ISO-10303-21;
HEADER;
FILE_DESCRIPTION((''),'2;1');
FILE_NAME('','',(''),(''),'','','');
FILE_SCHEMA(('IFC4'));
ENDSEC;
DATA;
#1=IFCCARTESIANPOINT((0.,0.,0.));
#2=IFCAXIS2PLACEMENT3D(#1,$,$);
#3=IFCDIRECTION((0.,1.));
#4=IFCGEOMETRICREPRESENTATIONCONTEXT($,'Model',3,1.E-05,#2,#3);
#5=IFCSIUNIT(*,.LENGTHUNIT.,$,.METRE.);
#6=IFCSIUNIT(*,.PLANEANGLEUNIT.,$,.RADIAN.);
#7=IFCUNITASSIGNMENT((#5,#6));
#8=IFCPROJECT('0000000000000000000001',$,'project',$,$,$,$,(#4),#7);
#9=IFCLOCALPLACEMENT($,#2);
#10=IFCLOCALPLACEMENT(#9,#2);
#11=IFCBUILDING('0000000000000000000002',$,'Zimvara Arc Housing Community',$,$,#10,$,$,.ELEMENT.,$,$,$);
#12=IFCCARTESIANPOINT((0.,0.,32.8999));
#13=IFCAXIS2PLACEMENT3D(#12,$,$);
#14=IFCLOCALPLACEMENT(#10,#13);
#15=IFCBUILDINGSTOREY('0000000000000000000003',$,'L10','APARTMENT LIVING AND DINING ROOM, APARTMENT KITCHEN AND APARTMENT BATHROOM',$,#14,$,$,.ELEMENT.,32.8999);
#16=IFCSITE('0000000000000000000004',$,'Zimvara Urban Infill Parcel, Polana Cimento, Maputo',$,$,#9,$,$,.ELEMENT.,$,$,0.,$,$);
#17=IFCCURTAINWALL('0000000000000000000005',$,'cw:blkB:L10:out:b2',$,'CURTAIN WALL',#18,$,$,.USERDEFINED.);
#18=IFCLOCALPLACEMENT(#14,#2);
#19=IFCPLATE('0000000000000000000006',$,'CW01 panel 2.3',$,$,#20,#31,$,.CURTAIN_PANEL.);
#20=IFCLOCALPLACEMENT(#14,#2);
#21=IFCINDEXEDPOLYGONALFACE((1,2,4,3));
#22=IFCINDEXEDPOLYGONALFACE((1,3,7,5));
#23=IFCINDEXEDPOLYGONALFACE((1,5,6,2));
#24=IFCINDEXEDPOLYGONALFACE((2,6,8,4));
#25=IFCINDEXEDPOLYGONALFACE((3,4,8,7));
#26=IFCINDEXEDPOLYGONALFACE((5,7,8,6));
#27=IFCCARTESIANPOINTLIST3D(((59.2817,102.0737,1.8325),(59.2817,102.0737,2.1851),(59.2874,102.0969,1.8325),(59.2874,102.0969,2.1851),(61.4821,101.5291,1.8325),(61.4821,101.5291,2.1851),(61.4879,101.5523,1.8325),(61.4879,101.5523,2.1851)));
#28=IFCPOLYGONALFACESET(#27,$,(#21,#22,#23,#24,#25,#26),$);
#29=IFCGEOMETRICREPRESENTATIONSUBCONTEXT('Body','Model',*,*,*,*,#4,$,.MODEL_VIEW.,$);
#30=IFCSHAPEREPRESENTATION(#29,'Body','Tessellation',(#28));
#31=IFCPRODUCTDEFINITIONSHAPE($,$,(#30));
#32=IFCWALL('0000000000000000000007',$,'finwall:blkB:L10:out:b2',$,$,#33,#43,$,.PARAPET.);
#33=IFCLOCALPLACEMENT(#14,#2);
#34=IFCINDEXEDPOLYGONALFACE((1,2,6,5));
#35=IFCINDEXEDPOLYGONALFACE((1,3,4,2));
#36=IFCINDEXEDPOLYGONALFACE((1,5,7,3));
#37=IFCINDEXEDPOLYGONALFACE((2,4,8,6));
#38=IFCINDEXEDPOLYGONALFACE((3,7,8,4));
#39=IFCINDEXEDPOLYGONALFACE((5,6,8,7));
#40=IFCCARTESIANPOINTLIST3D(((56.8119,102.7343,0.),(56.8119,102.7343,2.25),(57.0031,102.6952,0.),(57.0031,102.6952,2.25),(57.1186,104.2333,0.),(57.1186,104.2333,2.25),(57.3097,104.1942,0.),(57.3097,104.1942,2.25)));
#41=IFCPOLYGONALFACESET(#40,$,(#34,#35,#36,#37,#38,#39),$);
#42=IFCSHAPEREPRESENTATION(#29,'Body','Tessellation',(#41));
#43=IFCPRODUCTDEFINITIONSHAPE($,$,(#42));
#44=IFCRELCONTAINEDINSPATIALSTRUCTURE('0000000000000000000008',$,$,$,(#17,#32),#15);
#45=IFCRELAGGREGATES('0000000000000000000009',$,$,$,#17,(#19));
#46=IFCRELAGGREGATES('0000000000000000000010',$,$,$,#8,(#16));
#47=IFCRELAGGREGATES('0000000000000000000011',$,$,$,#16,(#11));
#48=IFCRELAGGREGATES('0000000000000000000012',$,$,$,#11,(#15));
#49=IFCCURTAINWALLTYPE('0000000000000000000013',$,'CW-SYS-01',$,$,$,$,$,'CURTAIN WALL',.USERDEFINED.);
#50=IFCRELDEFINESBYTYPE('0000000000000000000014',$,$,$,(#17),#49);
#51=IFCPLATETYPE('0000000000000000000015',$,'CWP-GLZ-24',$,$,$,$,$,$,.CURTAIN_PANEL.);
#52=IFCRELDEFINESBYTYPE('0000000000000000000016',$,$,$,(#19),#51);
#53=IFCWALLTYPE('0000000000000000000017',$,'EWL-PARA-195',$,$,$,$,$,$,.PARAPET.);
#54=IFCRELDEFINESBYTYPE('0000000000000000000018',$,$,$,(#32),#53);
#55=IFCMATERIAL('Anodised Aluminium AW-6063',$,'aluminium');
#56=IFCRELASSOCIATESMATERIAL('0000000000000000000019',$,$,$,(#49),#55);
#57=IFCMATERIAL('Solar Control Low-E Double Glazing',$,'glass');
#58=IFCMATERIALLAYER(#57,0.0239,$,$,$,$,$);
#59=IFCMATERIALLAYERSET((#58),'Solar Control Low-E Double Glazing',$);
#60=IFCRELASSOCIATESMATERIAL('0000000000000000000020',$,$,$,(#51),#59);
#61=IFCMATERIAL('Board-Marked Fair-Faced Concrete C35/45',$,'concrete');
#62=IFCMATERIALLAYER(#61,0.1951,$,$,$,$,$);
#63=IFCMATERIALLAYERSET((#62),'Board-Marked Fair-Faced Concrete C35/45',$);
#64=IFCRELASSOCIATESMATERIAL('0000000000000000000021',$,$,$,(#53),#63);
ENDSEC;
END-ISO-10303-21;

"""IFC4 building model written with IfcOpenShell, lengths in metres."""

from ifc_helpers import new_model, si_unit, direction, frame, frame_2d, origin, origin_2d, place, context, subcontext, project, spatial, rectangle, extrude, material, layer, layer_set, type_object, element, aggregate, save


model = new_model("IFC4")

# Units and contexts
model_context = context("Model", 3, precision=1e-05, world=origin(), true_north=direction((0.0, 1.0)))
body_context = subcontext(model_context, "Body", "Model", "MODEL_VIEW")
ifc_project = project(units=[si_unit("LENGTHUNIT", "METRE"), si_unit("PLANEANGLEUNIT", "RADIAN")], contexts=[model_context])

# Site, building, storey
site_placement = place(None, origin())
site = spatial("IfcSite", under=ifc_project, at=site_placement, Name="Zimvara Urban Infill Parcel, Polana Cimento, Maputo", CompositionType="ELEMENT", RefElevation=0.0)
building_placement = place(site_placement, origin())
building = spatial("IfcBuilding", under=site, at=building_placement, Name="Zimvara Arc Housing Community", CompositionType="ELEMENT")
storey_placement = place(building_placement, frame((0.0, 0.0, 32.8999)))
storey = spatial("IfcBuildingStorey", under=building, at=storey_placement, Name="L10", Description="APARTMENT LIVING AND DINING ROOM, APARTMENT KITCHEN AND APARTMENT BATHROOM", CompositionType="ELEMENT", Elevation=32.8999)

# Curtain wall, plate
ifc_material_1 = material(Name="Anodised Aluminium AW-6063", Category="aluminium")
curtain_wall_type = type_object("IfcCurtainWallType", Name="CW-SYS-01", ElementType="CURTAIN WALL", PredefinedType="USERDEFINED", material=ifc_material_1)
curtain_wall_placement = place(storey_placement, origin())
curtain_wall = element("IfcCurtainWall", 1, at=curtain_wall_placement, inside=storey, type_object=curtain_wall_type, Name="cw:blkB:L10:out:b2", ObjectType="CURTAIN WALL", PredefinedType="USERDEFINED")
ifc_material_2 = material(Name="Solar Control Low-E Double Glazing", Category="glass")
ifc_layer_1 = layer(ifc_material_2, 0.0239)
ifc_layer_set_1 = layer_set([ifc_layer_1], Name="Solar Control Low-E Double Glazing")
plate_type = type_object("IfcPlateType", Name="CWP-GLZ-24", PredefinedType="CURTAIN_PANEL", material=ifc_layer_set_1)
plate_1_placement = place(storey_placement, frame((60.3848, 101.813, 1.8325), z_axis=(0.0, 0.0, 1.0), x_axis=(0.970716, -0.24023, 0.0)))
plate_1 = element("IfcPlate", 2, at=plate_1_placement, type_object=plate_type, Name="CW01 panel 2.3", PredefinedType="CURTAIN_PANEL", context=body_context, shape_type="SweptSolid", body=[
    extrude(rectangle(XDim=2.2668, YDim=0.0239, at=origin_2d()), origin(), (0.0, 0.0, 1.0), 0.3525),
])
aggregate(curtain_wall, [plate_1])

# Wall
ifc_material_3 = material(Name="Board-Marked Fair-Faced Concrete C35/45", Category="concrete")
ifc_layer_2 = layer(ifc_material_3, 0.1951)
ifc_layer_set_2 = layer_set([ifc_layer_2], Name="Board-Marked Fair-Faced Concrete C35/45")
wall_type = type_object("IfcWallType", Name="EWL-PARA-195", PredefinedType="PARAPET", material=ifc_layer_set_2)
wall_placement = place(storey_placement, frame((56.9075, 102.7146, 0.0), z_axis=(0.0, 0.0, 1.0), x_axis=(0.20041, 0.979712, 0.0)))
element("IfcWall", 3, at=wall_placement, inside=storey, type_object=wall_type, Name="finwall:blkB:L10:out:b2", PredefinedType="PARAPET", context=body_context, shape_type="SweptSolid", body=[
    extrude(rectangle(XDim=1.53, YDim=0.1951, at=frame_2d((0.7651, 0.0))), origin(), (0.0, 0.0, 1.0), 2.25),
])

save(model, "model.ifc")
